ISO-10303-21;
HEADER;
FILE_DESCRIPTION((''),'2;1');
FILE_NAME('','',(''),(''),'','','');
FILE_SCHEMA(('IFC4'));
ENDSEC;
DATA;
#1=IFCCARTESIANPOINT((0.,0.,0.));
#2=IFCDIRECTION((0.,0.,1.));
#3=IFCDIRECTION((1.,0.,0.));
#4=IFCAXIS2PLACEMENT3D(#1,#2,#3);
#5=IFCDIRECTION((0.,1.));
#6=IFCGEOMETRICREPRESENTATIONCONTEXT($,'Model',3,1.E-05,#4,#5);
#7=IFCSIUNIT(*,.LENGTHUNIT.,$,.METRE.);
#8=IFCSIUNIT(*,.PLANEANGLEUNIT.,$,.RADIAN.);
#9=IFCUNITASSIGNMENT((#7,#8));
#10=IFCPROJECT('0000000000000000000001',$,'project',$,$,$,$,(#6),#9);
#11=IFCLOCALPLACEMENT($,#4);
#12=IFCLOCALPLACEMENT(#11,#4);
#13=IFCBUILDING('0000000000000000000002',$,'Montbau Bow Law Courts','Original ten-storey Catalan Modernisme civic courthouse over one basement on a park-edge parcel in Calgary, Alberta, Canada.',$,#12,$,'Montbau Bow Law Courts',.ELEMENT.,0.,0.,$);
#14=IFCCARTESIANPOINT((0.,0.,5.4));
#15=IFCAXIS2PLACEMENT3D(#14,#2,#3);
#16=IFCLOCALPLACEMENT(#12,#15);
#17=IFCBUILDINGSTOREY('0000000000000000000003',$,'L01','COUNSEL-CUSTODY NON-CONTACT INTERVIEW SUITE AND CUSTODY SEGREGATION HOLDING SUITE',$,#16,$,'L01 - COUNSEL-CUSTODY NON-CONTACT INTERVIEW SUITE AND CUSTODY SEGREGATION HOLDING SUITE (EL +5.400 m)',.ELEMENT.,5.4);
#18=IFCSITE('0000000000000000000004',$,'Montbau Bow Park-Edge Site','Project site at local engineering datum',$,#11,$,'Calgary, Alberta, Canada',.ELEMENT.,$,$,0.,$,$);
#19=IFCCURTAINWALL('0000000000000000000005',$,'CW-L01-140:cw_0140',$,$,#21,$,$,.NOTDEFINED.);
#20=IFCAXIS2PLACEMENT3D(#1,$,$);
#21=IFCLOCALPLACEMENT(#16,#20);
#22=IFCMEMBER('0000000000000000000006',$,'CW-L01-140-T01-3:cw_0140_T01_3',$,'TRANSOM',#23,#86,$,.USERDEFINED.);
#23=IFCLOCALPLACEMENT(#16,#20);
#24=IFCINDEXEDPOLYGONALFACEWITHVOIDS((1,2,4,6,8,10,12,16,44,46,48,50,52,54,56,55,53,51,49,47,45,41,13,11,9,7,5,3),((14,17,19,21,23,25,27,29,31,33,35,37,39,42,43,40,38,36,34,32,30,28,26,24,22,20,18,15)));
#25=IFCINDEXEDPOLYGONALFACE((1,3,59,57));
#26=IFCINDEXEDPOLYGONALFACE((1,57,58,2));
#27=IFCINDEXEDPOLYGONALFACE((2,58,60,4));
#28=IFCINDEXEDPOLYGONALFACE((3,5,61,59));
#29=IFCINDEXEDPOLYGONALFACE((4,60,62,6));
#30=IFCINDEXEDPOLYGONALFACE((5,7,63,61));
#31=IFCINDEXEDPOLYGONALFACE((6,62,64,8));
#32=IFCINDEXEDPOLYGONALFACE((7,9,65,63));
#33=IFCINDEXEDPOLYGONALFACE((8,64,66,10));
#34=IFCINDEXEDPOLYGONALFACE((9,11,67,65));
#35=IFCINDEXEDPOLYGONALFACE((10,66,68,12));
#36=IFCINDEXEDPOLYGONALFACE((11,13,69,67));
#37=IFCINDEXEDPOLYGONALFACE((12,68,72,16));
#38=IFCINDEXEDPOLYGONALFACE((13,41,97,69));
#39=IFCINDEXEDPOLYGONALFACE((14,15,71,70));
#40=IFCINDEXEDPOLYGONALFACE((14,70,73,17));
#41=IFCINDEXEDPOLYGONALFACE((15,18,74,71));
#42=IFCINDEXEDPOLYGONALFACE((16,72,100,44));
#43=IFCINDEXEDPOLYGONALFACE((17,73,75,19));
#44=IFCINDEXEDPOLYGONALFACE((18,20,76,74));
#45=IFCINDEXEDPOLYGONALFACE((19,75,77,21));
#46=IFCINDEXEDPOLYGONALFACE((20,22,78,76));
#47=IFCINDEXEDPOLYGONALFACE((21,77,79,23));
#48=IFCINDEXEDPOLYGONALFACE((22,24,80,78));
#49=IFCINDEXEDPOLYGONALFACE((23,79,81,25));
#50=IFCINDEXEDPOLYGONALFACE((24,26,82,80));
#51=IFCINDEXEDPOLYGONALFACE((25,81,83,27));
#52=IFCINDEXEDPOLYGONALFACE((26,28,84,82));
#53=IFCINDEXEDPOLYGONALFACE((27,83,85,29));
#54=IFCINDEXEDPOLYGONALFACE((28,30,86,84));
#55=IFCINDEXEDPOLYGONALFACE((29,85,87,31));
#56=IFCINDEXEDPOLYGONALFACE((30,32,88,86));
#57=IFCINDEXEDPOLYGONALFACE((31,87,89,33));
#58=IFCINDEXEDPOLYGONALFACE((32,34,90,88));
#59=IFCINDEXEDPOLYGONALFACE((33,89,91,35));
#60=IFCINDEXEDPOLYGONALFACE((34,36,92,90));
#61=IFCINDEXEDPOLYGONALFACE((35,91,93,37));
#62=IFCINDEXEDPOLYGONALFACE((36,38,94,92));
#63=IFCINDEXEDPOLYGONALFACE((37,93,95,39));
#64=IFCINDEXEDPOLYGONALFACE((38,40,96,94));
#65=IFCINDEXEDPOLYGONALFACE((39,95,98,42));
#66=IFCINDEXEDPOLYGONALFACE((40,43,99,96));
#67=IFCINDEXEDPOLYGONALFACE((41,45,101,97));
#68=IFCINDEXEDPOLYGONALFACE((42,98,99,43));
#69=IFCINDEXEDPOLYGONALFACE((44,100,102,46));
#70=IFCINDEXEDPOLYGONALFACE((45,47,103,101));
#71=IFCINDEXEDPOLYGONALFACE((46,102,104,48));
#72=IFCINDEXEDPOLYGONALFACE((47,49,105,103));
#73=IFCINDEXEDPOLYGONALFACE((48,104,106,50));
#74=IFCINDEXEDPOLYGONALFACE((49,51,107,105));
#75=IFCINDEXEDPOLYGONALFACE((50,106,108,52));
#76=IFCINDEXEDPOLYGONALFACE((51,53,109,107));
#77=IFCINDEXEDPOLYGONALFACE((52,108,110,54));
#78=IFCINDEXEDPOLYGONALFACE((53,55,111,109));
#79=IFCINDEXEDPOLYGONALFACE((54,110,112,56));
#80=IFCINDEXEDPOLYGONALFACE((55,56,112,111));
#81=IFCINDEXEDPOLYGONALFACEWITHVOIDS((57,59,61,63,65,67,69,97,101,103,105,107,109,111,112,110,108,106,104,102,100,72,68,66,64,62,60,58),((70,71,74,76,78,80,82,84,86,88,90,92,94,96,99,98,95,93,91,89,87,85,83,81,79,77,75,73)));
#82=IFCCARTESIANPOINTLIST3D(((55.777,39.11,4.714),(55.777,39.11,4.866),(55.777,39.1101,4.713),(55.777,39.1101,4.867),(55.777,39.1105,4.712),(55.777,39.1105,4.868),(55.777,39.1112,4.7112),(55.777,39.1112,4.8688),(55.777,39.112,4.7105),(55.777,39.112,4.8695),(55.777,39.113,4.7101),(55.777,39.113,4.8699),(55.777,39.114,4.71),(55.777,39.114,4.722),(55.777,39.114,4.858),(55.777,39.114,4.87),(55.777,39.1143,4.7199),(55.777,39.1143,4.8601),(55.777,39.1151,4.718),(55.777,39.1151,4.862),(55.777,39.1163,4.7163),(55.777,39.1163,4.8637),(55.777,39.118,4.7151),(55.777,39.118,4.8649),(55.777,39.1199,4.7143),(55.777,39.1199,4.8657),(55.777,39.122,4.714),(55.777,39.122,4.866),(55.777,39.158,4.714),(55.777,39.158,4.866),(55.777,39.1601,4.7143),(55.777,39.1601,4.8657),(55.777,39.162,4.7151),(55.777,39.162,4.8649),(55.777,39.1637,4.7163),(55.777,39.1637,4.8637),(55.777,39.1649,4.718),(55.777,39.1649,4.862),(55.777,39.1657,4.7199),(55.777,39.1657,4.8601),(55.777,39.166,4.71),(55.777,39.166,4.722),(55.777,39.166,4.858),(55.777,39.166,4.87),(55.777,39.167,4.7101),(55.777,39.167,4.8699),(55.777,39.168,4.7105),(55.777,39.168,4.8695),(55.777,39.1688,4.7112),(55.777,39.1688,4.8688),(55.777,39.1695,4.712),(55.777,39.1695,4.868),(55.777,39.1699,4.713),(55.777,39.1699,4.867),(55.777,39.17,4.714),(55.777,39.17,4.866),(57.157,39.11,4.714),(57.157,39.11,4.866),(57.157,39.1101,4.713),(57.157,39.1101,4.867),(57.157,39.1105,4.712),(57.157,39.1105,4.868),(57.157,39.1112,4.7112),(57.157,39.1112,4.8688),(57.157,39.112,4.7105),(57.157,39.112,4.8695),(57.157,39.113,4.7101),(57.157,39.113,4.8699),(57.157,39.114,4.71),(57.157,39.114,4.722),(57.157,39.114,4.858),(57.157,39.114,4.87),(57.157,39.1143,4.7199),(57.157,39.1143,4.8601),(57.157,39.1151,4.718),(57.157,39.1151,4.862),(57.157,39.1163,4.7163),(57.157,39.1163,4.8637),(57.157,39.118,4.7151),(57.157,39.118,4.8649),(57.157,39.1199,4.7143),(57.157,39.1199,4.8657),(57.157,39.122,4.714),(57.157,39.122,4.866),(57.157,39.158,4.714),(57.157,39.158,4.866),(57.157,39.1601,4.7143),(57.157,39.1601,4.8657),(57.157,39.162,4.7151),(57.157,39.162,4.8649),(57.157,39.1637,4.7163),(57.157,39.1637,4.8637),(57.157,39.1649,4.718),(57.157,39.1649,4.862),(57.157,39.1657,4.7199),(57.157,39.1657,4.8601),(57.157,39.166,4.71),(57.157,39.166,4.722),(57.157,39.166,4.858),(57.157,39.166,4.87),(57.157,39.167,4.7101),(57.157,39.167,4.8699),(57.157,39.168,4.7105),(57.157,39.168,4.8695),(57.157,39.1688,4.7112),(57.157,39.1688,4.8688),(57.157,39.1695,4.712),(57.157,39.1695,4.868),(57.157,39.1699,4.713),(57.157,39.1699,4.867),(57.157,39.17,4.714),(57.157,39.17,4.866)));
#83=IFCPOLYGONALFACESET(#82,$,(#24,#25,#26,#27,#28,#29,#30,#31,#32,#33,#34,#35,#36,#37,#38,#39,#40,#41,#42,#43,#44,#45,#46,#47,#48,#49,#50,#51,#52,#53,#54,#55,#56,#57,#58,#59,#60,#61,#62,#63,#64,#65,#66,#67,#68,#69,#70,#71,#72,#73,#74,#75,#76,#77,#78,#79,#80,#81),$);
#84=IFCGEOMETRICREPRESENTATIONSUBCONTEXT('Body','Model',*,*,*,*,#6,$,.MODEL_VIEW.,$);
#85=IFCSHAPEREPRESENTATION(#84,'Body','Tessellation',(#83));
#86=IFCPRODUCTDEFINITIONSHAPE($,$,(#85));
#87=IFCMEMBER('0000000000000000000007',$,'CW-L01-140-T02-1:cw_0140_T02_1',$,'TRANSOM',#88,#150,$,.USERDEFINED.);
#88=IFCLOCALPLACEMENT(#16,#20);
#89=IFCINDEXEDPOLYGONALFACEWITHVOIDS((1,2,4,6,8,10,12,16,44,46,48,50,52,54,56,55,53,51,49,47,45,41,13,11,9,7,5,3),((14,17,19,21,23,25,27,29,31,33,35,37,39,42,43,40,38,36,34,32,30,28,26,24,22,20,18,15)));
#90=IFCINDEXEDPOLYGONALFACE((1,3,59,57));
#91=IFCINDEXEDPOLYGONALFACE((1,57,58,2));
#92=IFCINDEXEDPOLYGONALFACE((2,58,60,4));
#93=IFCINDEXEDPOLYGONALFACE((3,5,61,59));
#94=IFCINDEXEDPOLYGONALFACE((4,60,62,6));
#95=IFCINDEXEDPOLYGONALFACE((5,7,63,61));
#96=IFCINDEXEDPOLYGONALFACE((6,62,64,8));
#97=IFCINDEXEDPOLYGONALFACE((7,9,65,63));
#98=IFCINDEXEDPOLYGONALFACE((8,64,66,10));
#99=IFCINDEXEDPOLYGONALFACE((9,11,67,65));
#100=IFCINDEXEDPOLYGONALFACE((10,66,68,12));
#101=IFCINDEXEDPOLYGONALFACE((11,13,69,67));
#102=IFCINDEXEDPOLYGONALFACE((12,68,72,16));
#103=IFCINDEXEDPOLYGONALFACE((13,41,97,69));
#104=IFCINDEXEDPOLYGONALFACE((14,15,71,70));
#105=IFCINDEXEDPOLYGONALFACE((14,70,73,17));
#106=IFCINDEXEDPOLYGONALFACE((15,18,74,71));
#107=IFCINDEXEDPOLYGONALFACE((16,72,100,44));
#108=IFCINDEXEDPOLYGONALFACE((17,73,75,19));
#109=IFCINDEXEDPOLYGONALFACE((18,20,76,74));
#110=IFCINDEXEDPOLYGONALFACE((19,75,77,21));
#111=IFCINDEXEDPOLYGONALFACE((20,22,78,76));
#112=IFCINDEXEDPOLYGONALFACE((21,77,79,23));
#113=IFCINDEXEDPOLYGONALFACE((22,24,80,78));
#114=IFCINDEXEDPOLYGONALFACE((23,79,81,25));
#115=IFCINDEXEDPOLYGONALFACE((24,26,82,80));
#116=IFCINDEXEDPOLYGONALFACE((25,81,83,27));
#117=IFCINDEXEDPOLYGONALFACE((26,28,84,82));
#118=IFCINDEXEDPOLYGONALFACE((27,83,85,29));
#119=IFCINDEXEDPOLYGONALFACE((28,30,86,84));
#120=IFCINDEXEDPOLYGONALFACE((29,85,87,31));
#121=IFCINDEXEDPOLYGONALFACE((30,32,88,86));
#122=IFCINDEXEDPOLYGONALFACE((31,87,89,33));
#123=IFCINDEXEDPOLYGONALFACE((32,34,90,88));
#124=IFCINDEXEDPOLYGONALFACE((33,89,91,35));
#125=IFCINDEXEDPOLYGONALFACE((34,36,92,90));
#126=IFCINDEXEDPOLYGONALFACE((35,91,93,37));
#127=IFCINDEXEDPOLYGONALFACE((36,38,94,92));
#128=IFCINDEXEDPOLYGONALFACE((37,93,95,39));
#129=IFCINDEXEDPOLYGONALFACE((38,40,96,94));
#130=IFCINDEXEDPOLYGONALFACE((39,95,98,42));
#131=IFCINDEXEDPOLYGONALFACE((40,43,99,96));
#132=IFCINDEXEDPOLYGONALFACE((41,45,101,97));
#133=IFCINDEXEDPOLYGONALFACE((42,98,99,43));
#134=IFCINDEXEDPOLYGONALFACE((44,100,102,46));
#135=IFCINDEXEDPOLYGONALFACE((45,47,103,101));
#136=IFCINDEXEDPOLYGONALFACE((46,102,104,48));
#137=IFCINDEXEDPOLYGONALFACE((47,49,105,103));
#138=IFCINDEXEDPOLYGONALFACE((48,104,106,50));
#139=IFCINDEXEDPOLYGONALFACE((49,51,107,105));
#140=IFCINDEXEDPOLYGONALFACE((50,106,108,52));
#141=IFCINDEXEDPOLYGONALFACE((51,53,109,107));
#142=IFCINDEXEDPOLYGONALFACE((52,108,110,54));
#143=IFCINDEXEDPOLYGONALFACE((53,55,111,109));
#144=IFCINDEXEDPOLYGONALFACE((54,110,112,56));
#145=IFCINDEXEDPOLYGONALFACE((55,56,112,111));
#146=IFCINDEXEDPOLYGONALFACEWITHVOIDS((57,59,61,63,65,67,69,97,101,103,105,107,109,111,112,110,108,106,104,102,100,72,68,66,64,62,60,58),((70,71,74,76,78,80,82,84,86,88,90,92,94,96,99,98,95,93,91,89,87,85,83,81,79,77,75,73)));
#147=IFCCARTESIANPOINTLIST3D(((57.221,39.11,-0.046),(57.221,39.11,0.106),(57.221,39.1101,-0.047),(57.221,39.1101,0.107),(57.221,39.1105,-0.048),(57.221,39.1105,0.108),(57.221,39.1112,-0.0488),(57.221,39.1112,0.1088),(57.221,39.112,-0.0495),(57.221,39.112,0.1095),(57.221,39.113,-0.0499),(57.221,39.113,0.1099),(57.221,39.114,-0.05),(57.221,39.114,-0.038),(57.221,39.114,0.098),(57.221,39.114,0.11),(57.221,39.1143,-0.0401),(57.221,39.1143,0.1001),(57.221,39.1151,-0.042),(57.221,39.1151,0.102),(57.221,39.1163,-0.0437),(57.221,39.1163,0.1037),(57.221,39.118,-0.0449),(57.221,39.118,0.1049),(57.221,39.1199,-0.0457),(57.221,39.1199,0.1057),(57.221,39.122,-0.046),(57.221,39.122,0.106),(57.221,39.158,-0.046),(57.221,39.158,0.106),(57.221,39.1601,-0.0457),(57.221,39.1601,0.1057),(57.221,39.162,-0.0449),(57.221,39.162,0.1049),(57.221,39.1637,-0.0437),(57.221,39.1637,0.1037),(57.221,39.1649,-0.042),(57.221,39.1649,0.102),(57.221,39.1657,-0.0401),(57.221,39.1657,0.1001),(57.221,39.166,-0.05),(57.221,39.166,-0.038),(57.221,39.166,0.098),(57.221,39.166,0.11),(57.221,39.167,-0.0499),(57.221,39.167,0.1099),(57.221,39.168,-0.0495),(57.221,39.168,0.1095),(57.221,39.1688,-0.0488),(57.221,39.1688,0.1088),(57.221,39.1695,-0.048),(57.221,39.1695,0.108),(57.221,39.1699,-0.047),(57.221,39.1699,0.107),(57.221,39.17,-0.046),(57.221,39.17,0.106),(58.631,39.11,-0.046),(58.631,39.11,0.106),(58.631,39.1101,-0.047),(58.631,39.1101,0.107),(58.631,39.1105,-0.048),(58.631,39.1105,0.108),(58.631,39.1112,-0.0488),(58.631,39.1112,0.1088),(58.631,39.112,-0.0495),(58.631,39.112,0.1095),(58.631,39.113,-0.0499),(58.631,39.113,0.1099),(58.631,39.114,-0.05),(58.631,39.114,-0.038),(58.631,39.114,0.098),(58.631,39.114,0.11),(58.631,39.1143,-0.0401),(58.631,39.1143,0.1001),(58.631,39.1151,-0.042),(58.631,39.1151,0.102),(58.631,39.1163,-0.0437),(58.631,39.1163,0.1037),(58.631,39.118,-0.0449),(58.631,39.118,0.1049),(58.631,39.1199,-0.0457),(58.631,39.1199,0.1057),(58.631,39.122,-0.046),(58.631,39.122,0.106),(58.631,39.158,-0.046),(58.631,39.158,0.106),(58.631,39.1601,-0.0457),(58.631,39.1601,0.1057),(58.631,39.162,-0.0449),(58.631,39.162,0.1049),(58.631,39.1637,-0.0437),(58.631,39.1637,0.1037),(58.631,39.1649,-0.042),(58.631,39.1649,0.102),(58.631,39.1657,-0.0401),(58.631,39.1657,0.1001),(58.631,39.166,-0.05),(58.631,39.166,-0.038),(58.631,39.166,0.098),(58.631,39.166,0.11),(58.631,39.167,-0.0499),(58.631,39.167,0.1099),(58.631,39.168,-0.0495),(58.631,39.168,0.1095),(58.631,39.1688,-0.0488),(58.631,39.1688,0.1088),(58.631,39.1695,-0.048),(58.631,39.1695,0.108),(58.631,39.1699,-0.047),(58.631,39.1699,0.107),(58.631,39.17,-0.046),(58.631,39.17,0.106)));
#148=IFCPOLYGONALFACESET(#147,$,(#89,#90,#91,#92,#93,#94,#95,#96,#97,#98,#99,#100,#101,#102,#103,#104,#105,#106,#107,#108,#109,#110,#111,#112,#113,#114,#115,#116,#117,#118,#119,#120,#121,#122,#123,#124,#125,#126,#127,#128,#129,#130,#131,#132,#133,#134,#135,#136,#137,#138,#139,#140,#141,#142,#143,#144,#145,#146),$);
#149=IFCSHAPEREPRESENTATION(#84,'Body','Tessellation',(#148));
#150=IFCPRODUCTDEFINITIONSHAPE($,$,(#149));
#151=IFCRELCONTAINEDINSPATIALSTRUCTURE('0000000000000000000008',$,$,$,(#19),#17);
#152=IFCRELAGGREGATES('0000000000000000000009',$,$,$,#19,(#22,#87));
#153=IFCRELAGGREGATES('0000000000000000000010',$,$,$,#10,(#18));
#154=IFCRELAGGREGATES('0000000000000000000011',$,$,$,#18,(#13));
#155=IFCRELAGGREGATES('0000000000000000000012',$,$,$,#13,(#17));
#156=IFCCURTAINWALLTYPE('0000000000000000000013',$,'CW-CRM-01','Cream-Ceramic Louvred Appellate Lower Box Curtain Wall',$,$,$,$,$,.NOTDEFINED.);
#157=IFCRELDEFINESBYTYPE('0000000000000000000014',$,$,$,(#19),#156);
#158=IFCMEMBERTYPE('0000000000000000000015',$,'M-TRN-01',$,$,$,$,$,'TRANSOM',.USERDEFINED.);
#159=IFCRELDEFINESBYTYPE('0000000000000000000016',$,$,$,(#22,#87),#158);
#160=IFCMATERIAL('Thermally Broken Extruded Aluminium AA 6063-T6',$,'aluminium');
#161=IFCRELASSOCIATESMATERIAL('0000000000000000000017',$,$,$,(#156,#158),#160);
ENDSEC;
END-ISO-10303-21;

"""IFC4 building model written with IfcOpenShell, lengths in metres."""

from ifc_helpers import new_model, si_unit, direction, frame, origin_with_axes, origin_2d_with_axis, place, context, subcontext, project, spatial, hollow_rectangle, extrude, material, material_profile, profile_set, type_object, element, aggregate, save


model = new_model("IFC4")

# Units and contexts
model_context = context("Model", 3, precision=1e-05, world=origin_with_axes(), true_north=direction((0.0, 1.0)))
body_context = subcontext(model_context, "Body", "Model", "MODEL_VIEW")
ifc_project = project(units=[si_unit("LENGTHUNIT", "METRE"), si_unit("PLANEANGLEUNIT", "RADIAN")], contexts=[model_context])

# Site, building, storey
site_placement = place(None, origin_with_axes())
site = spatial("IfcSite", under=ifc_project, at=site_placement, Name="Montbau Bow Park-Edge Site", Description="Project site at local engineering datum", LongName="Calgary, Alberta, Canada", CompositionType="ELEMENT", RefElevation=0.0)
building_placement = place(site_placement, origin_with_axes())
building = spatial("IfcBuilding", under=site, at=building_placement, Name="Montbau Bow Law Courts", Description="Original ten-storey Catalan Modernisme civic courthouse over one basement on a park-edge parcel in Calgary, Alberta, Canada.", LongName="Montbau Bow Law Courts", CompositionType="ELEMENT", ElevationOfRefHeight=0.0, ElevationOfTerrain=0.0)
storey_placement = place(building_placement, frame((0.0, 0.0, 5.4), z_axis=(0.0, 0.0, 1.0), x_axis=(1.0, 0.0, 0.0)))
storey = spatial("IfcBuildingStorey", under=building, at=storey_placement, Name="L01", Description="COUNSEL-CUSTODY NON-CONTACT INTERVIEW SUITE AND CUSTODY SEGREGATION HOLDING SUITE", LongName="L01 - COUNSEL-CUSTODY NON-CONTACT INTERVIEW SUITE AND CUSTODY SEGREGATION HOLDING SUITE (EL +5.400 m)", CompositionType="ELEMENT", Elevation=5.4)

# Shared definitions
ifc_material_1 = material(Name="Thermally Broken Extruded Aluminium AA 6063-T6", Category="aluminium")
curtain_wall_type = type_object("IfcCurtainWallType", Name="CW-CRM-01", Description="Cream-Ceramic Louvred Appellate Lower Box Curtain Wall", PredefinedType="NOTDEFINED", material=ifc_material_1)

# Curtain wall, members
curtain_wall_1_placement = place(None, frame((55.715, 39.14, 5.4), z_axis=(0.0, 0.0, 1.0), x_axis=(1.0, 0.0, 0.0)))
curtain_wall_1 = element("IfcCurtainWall", 1, at=curtain_wall_1_placement, inside=storey, type_object=curtain_wall_type, Name="CW-L01-140:cw_0140", PredefinedType="NOTDEFINED")
ifc_material_profile_1 = material_profile(ifc_material_1, hollow_rectangle(XDim=0.06, YDim=0.16, WallThickness=0.004, InnerFilletRadius=0.008, OuterFilletRadius=0.004, at=origin_2d_with_axis()), Name="CWT-160X60", Category="Main", Priority=0)
ifc_profile_set_1 = profile_set([ifc_material_profile_1], Name="Thermally Broken Extruded Aluminium AA 6063-T6")
member_type_1 = type_object("IfcMemberType", Name="M-TRN-01", ElementType="TRANSOM", PredefinedType="USERDEFINED", material=ifc_profile_set_1)
member_1_placement = place(None, frame((55.777, 39.14, 10.19), z_axis=(1.0, 0.0, 0.0), x_axis=(0.0, 1.0, 0.0)))
member_1 = element("IfcMember", 2, at=member_1_placement, type_object=member_type_1, Name="CW-L01-140-T01-3:cw_0140_T01_3", ObjectType="TRANSOM", PredefinedType="USERDEFINED", context=body_context, shape_type="SweptSolid", body=[
    extrude(hollow_rectangle(XDim=0.06, YDim=0.16, WallThickness=0.004, InnerFilletRadius=0.008, OuterFilletRadius=0.004, at=origin_2d_with_axis()), origin_with_axes(), (0.0, 0.0, 1.0), 1.38),
])
member_2_placement = place(None, frame((57.221, 39.14, 5.43), z_axis=(1.0, 0.0, 0.0), x_axis=(0.0, 1.0, 0.0)))
member_2 = element("IfcMember", 3, at=member_2_placement, type_object=member_type_1, Name="CW-L01-140-T02-1:cw_0140_T02_1", ObjectType="TRANSOM", PredefinedType="USERDEFINED", context=body_context, shape_type="SweptSolid", body=[
    extrude(hollow_rectangle(XDim=0.06, YDim=0.16, WallThickness=0.004, InnerFilletRadius=0.008, OuterFilletRadius=0.004, at=origin_2d_with_axis()), origin_with_axes(), (0.0, 0.0, 1.0), 1.41),
])
aggregate(curtain_wall_1, [member_1, member_2])

save(model, "model.ifc")
